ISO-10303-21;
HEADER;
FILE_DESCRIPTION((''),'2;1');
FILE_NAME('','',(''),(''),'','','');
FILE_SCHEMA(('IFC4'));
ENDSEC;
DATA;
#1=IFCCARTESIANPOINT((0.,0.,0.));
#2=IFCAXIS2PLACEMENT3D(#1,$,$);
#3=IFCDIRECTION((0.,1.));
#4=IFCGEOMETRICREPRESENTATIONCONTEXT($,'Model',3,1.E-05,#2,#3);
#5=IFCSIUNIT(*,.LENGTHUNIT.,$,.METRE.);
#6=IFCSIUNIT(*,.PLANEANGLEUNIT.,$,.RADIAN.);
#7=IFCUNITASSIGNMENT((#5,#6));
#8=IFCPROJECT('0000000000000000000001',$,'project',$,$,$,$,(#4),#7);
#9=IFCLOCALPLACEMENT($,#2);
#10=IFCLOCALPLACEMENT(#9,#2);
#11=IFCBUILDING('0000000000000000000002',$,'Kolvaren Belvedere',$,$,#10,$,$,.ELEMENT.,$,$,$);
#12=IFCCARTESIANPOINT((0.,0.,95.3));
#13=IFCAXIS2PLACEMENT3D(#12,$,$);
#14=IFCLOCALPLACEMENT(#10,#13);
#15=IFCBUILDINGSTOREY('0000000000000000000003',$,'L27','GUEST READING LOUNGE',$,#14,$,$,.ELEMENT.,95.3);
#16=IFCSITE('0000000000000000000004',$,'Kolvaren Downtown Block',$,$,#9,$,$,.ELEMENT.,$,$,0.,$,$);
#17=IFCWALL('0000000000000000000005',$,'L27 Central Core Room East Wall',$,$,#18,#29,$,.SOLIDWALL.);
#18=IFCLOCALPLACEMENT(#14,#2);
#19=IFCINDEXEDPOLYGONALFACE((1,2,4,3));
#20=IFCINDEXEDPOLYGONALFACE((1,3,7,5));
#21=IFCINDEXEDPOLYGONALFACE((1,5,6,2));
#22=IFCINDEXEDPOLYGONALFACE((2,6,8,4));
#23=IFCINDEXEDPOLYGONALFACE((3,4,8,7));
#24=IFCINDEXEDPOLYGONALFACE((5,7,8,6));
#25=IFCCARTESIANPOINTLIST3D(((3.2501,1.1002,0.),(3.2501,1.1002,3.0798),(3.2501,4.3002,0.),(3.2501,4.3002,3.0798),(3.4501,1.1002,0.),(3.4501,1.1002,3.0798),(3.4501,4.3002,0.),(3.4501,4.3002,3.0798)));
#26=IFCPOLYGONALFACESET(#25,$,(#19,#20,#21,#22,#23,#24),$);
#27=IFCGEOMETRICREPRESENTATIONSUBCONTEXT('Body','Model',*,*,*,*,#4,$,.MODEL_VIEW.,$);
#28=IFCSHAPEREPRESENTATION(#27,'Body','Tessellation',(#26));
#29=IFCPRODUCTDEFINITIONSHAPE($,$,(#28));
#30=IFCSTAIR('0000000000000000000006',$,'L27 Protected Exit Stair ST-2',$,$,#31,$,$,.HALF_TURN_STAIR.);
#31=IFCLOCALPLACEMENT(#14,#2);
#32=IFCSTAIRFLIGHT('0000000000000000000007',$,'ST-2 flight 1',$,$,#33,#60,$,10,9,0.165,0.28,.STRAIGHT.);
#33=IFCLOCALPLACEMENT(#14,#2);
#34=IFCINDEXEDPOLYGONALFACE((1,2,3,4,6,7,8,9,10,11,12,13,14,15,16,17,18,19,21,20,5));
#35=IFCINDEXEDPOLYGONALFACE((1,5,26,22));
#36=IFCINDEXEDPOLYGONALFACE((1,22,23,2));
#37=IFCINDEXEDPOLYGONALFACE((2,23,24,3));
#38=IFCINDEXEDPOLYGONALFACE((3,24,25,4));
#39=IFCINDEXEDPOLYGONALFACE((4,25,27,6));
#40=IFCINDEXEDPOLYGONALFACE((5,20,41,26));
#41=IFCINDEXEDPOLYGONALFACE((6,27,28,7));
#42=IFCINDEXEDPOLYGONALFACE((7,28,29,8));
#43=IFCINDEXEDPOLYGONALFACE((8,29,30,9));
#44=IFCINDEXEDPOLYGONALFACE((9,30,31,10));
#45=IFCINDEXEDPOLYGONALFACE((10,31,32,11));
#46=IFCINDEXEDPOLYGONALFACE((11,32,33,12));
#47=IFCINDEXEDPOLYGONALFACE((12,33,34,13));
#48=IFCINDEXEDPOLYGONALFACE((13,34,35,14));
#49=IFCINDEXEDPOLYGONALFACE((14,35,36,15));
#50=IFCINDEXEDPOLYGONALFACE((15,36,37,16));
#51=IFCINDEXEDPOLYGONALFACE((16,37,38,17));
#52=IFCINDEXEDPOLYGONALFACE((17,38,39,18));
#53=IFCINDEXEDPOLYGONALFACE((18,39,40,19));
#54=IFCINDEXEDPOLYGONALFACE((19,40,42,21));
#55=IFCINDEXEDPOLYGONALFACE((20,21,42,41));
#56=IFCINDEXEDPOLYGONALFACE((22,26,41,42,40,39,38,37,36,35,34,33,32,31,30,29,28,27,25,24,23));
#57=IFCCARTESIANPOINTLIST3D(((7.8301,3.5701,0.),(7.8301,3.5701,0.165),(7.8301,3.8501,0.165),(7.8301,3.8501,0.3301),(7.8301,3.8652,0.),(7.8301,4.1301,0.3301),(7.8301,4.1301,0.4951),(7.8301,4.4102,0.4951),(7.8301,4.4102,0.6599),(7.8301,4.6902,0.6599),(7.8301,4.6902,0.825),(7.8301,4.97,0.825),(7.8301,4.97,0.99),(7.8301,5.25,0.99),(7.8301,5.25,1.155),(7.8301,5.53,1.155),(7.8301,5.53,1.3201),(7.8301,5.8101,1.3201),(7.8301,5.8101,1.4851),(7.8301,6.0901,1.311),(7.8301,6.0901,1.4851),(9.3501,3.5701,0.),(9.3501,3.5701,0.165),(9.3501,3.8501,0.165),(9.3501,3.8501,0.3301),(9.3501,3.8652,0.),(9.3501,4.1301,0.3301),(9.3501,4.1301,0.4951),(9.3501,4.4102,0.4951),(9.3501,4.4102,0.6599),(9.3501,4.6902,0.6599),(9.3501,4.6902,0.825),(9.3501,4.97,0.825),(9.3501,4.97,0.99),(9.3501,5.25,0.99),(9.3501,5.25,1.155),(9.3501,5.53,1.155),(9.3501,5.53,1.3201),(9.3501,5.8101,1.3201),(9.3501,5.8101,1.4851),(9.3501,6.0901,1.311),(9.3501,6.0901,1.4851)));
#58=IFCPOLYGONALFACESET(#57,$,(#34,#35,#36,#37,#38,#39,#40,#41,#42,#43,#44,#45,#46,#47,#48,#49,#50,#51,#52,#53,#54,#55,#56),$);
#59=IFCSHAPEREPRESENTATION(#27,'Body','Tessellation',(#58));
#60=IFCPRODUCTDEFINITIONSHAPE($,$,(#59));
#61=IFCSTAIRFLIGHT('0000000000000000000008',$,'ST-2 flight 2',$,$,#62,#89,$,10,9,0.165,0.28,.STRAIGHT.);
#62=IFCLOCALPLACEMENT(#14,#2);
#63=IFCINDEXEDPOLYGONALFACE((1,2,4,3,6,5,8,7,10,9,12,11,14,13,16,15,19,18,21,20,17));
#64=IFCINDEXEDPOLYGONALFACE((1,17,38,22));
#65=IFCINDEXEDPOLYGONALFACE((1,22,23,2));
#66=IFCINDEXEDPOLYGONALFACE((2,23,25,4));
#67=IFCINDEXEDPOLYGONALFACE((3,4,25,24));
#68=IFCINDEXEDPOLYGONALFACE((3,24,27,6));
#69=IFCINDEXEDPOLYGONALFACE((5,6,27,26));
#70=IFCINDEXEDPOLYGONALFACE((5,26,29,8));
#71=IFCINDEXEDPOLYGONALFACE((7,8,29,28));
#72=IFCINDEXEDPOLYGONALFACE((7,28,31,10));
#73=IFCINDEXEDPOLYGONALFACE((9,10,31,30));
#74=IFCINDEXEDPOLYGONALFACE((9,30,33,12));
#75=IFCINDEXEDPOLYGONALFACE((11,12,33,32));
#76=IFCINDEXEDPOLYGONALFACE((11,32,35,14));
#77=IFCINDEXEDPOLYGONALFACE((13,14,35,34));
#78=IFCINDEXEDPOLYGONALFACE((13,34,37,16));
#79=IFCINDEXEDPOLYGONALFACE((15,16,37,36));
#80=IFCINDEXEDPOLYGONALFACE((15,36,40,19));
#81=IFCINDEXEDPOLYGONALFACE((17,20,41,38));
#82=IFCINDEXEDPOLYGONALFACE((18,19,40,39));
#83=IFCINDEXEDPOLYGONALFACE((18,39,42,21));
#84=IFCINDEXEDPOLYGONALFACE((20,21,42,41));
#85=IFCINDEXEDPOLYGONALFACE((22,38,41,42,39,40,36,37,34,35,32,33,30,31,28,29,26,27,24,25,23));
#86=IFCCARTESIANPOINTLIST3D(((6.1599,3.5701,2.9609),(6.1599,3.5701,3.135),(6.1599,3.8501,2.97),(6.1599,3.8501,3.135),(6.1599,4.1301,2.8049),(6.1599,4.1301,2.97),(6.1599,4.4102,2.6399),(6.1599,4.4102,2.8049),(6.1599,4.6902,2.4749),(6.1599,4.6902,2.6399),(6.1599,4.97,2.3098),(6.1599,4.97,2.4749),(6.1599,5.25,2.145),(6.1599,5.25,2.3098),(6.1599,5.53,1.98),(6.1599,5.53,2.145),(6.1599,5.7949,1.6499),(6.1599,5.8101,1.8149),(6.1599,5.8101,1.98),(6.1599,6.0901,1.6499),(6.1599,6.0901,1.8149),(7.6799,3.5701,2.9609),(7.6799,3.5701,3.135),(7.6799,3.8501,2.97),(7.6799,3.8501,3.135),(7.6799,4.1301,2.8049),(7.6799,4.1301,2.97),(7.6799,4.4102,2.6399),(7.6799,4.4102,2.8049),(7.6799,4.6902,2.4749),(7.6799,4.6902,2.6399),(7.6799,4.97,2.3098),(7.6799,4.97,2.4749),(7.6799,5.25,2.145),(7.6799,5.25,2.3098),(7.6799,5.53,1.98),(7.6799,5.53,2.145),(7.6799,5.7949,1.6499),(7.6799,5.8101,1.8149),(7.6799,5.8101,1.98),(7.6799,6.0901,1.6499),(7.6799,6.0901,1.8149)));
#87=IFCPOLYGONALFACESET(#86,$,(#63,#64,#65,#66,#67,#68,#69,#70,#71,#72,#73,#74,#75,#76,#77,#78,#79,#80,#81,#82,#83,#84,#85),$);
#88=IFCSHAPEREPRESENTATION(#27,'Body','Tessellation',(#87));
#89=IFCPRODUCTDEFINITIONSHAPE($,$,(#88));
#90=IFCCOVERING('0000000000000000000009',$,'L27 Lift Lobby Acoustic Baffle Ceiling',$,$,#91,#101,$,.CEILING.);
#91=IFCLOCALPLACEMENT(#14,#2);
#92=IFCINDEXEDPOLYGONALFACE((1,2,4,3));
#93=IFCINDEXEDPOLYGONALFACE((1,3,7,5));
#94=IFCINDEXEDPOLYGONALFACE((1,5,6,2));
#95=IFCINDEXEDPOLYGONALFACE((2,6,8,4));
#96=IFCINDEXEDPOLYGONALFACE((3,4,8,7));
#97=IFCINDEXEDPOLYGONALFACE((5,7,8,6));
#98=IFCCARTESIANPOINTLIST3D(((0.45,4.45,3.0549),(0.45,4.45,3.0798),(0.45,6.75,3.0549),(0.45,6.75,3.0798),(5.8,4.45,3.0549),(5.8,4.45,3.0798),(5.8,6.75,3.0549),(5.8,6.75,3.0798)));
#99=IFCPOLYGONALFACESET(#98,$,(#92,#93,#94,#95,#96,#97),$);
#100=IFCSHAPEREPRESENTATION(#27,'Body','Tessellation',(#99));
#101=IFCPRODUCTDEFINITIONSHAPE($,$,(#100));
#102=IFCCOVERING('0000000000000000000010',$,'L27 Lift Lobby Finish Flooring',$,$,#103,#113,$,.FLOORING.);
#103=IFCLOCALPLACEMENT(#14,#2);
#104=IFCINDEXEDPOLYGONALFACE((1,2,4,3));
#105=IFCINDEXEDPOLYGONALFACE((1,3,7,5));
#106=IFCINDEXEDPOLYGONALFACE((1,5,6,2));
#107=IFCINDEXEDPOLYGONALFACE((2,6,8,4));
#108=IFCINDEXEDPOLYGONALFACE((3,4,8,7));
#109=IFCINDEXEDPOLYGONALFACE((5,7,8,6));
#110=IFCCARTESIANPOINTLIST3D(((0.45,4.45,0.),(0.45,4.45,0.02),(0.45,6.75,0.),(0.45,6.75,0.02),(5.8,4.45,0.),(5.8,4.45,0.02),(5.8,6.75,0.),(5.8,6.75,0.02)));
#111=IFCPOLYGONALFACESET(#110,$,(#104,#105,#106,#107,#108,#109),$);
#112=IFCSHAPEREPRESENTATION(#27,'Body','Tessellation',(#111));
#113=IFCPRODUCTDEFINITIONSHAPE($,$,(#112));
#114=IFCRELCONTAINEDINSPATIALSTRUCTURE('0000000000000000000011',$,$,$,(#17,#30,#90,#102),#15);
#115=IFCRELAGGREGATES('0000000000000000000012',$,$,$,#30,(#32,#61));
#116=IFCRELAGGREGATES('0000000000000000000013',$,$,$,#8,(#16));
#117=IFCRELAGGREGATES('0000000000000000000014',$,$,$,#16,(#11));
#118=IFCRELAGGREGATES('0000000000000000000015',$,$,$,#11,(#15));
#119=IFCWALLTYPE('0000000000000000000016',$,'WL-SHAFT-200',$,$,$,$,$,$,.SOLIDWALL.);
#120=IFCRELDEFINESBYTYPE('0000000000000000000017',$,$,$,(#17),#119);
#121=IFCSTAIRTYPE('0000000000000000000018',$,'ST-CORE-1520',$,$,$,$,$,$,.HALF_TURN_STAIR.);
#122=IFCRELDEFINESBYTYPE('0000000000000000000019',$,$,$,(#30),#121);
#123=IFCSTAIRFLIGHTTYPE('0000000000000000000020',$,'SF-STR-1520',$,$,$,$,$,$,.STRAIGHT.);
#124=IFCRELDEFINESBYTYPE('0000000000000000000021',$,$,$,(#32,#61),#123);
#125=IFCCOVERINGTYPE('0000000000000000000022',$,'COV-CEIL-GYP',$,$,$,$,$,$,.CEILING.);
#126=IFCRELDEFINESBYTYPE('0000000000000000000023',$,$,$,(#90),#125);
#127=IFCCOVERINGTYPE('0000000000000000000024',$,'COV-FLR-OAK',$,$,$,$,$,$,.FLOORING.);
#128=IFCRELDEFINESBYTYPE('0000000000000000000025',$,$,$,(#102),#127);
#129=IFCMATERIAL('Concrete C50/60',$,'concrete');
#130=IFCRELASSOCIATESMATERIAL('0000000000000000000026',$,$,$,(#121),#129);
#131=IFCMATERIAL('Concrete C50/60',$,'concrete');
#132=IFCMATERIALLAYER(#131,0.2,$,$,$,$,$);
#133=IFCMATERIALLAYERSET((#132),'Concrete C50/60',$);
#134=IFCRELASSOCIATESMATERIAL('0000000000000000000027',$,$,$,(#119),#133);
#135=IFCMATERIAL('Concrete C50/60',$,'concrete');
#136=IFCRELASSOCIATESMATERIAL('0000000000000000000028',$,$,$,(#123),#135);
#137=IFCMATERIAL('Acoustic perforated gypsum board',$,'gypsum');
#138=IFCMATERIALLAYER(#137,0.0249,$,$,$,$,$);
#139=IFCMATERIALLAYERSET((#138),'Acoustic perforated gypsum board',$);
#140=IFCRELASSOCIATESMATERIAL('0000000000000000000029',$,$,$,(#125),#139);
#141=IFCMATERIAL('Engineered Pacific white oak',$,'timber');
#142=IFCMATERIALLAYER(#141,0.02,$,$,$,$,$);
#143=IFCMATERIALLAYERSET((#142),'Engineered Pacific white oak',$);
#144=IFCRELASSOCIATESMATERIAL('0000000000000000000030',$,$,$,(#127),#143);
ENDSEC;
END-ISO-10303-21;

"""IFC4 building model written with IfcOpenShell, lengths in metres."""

from ifc_helpers import new_model, si_unit, direction, frame, frame_2d, origin, place, context, subcontext, project, spatial, polyline, rectangle, outline, extrude, material, layer, layer_set, type_object, element, aggregate, save


model = new_model("IFC4")

# Units and contexts
model_context = context("Model", 3, precision=1e-05, world=origin(), true_north=direction((0.0, 1.0)))
body_context = subcontext(model_context, "Body", "Model", "MODEL_VIEW")
ifc_project = project(units=[si_unit("LENGTHUNIT", "METRE"), si_unit("PLANEANGLEUNIT", "RADIAN")], contexts=[model_context])

# Site, building, storey
site_placement = place(None, origin())
site = spatial("IfcSite", under=ifc_project, at=site_placement, Name="Kolvaren Downtown Block", CompositionType="ELEMENT", RefElevation=0.0)
building_placement = place(site_placement, origin())
building = spatial("IfcBuilding", under=site, at=building_placement, Name="Kolvaren Belvedere", CompositionType="ELEMENT")
storey_placement = place(building_placement, frame((0.0, 0.0, 95.3)))
storey = spatial("IfcBuildingStorey", under=building, at=storey_placement, Name="L27", Description="GUEST READING LOUNGE", CompositionType="ELEMENT", Elevation=95.3)

# Shared definitions
ifc_material_1 = material(Name="Concrete C50/60", Category="concrete")
stair_type = type_object("IfcStairType", Name="ST-CORE-1520", PredefinedType="HALF_TURN_STAIR", material=ifc_material_1)

# Shared definitions
ifc_material_2 = material(Name="Concrete C50/60", Category="concrete")
ifc_layer_1 = layer(ifc_material_2, 0.2)
ifc_layer_set_1 = layer_set([ifc_layer_1], Name="Concrete C50/60")
wall_type_1 = type_object("IfcWallType", Name="WL-SHAFT-200", PredefinedType="SOLIDWALL", material=ifc_layer_set_1)

# Wall
wall_1_placement = place(storey_placement, frame((3.3501, 1.1001, 0.0), z_axis=(0.0, 0.0, 1.0), x_axis=(0.0, 1.0, 0.0)))
element("IfcWall", 1, at=wall_1_placement, inside=storey, type_object=wall_type_1, Name="L27 Central Core Room East Wall", PredefinedType="SOLIDWALL", context=body_context, shape_type="SweptSolid", body=[
    extrude(rectangle(XDim=3.2, YDim=0.2, at=frame_2d((1.6001, 0.0))), origin(), (0.0, 0.0, 1.0), 3.0798),
])

# Stair, stair flights
stair_1_placement = place(storey_placement, origin())
stair_1 = element("IfcStair", 2, at=stair_1_placement, inside=storey, type_object=stair_type, Name="L27 Protected Exit Stair ST-2", PredefinedType="HALF_TURN_STAIR")
ifc_material_3 = material(Name="Concrete C50/60", Category="concrete")
stair_flight_type = type_object("IfcStairFlightType", Name="SF-STR-1520", PredefinedType="STRAIGHT", material=ifc_material_3)
stair_flight_1_placement = place(storey_placement, frame((8.5901, 3.5701, 0.0), z_axis=(0.0, 0.0, 1.0), x_axis=(0.0, 1.0, 0.0)))
stair_flight_1 = element("IfcStairFlight", 3, at=stair_flight_1_placement, type_object=stair_flight_type, Name="ST-2 flight 1", NumberOfRisers=10, NumberOfTreads=9, PredefinedType="STRAIGHT", RiserHeight=0.165, TreadLength=0.28, context=body_context, shape_type="SweptSolid", body=[
    extrude(outline(polyline([(0.0, 0.0), (0.0, 0.165), (0.28, 0.165), (0.28, 0.3301), (0.5601, 0.3301), (0.5601, 0.4951), (0.8401, 0.4951), (0.8401, 0.6599), (1.1201, 0.6599), (1.1201, 0.825), (1.3999, 0.825), (1.3999, 0.99), (1.6799, 0.99), (1.6799, 1.155), (1.96, 1.155), (1.96, 1.3201), (2.24, 1.3201), (2.24, 1.4851), (2.52, 1.4851), (2.52, 1.6499), (2.52, 1.311), (0.2952, 0.0), (0.0, 0.0)])), frame((0.0, 0.76, 0.0), z_axis=(0.0, -1.0, 0.0), x_axis=(1.0, 0.0, 0.0)), (0.0, 0.0, 1.0), 1.52),
])
stair_flight_2_placement = place(storey_placement, frame((6.9199, 6.0901, 1.6499), z_axis=(0.0, 0.0, 1.0), x_axis=(0.0, -1.0, 0.0)))
stair_flight_2 = element("IfcStairFlight", 4, at=stair_flight_2_placement, type_object=stair_flight_type, Name="ST-2 flight 2", NumberOfRisers=10, NumberOfTreads=9, PredefinedType="STRAIGHT", RiserHeight=0.165, TreadLength=0.28, context=body_context, shape_type="SweptSolid", body=[
    extrude(outline(polyline([(0.0, 0.0), (0.0, 0.165), (0.28, 0.165), (0.28, 0.3301), (0.5601, 0.3301), (0.5601, 0.4951), (0.8401, 0.4951), (0.8401, 0.6599), (1.1201, 0.6599), (1.1201, 0.825), (1.3999, 0.825), (1.3999, 0.99), (1.6799, 0.99), (1.6799, 1.155), (1.96, 1.155), (1.96, 1.3201), (2.24, 1.3201), (2.24, 1.4851), (2.52, 1.4851), (2.52, 1.6499), (2.52, 1.311), (0.2952, 0.0), (0.0, 0.0)])), frame((0.0, 0.76, 0.0), z_axis=(0.0, -1.0, 0.0), x_axis=(1.0, 0.0, 0.0)), (0.0, 0.0, 1.0), 1.52),
])
aggregate(stair_1, [stair_flight_1, stair_flight_2])

# Coverings
ifc_material_4 = material(Name="Acoustic perforated gypsum board", Category="gypsum")
ifc_layer_2 = layer(ifc_material_4, 0.0249)
ifc_layer_set_2 = layer_set([ifc_layer_2], Name="Acoustic perforated gypsum board")
covering_type_1 = type_object("IfcCoveringType", Name="COV-CEIL-GYP", PredefinedType="CEILING", material=ifc_layer_set_2)
covering_1_placement = place(storey_placement, frame((0.0, 0.0, 3.0549)))
element("IfcCovering", 5, at=covering_1_placement, inside=storey, type_object=covering_type_1, Name="L27 Lift Lobby Acoustic Baffle Ceiling", PredefinedType="CEILING", context=body_context, shape_type="SweptSolid", body=[
    extrude(outline(polyline([(0.45, 4.45), (5.8, 4.45), (5.8, 6.75), (0.45, 6.75), (0.45, 4.45)])), origin(), (0.0, 0.0, 1.0), 0.0249),
])
ifc_material_5 = material(Name="Engineered Pacific white oak", Category="timber")
ifc_layer_3 = layer(ifc_material_5, 0.02)
ifc_layer_set_3 = layer_set([ifc_layer_3], Name="Engineered Pacific white oak")
covering_type_2 = type_object("IfcCoveringType", Name="COV-FLR-OAK", PredefinedType="FLOORING", material=ifc_layer_set_3)
covering_2_placement = place(storey_placement, origin())
element("IfcCovering", 6, at=covering_2_placement, inside=storey, type_object=covering_type_2, Name="L27 Lift Lobby Finish Flooring", PredefinedType="FLOORING", context=body_context, shape_type="SweptSolid", body=[
    extrude(outline(polyline([(0.45, 4.45), (5.8, 4.45), (5.8, 6.75), (0.45, 6.75), (0.45, 4.45)])), origin(), (0.0, 0.0, 1.0), 0.02),
])

save(model, "model.ifc")
